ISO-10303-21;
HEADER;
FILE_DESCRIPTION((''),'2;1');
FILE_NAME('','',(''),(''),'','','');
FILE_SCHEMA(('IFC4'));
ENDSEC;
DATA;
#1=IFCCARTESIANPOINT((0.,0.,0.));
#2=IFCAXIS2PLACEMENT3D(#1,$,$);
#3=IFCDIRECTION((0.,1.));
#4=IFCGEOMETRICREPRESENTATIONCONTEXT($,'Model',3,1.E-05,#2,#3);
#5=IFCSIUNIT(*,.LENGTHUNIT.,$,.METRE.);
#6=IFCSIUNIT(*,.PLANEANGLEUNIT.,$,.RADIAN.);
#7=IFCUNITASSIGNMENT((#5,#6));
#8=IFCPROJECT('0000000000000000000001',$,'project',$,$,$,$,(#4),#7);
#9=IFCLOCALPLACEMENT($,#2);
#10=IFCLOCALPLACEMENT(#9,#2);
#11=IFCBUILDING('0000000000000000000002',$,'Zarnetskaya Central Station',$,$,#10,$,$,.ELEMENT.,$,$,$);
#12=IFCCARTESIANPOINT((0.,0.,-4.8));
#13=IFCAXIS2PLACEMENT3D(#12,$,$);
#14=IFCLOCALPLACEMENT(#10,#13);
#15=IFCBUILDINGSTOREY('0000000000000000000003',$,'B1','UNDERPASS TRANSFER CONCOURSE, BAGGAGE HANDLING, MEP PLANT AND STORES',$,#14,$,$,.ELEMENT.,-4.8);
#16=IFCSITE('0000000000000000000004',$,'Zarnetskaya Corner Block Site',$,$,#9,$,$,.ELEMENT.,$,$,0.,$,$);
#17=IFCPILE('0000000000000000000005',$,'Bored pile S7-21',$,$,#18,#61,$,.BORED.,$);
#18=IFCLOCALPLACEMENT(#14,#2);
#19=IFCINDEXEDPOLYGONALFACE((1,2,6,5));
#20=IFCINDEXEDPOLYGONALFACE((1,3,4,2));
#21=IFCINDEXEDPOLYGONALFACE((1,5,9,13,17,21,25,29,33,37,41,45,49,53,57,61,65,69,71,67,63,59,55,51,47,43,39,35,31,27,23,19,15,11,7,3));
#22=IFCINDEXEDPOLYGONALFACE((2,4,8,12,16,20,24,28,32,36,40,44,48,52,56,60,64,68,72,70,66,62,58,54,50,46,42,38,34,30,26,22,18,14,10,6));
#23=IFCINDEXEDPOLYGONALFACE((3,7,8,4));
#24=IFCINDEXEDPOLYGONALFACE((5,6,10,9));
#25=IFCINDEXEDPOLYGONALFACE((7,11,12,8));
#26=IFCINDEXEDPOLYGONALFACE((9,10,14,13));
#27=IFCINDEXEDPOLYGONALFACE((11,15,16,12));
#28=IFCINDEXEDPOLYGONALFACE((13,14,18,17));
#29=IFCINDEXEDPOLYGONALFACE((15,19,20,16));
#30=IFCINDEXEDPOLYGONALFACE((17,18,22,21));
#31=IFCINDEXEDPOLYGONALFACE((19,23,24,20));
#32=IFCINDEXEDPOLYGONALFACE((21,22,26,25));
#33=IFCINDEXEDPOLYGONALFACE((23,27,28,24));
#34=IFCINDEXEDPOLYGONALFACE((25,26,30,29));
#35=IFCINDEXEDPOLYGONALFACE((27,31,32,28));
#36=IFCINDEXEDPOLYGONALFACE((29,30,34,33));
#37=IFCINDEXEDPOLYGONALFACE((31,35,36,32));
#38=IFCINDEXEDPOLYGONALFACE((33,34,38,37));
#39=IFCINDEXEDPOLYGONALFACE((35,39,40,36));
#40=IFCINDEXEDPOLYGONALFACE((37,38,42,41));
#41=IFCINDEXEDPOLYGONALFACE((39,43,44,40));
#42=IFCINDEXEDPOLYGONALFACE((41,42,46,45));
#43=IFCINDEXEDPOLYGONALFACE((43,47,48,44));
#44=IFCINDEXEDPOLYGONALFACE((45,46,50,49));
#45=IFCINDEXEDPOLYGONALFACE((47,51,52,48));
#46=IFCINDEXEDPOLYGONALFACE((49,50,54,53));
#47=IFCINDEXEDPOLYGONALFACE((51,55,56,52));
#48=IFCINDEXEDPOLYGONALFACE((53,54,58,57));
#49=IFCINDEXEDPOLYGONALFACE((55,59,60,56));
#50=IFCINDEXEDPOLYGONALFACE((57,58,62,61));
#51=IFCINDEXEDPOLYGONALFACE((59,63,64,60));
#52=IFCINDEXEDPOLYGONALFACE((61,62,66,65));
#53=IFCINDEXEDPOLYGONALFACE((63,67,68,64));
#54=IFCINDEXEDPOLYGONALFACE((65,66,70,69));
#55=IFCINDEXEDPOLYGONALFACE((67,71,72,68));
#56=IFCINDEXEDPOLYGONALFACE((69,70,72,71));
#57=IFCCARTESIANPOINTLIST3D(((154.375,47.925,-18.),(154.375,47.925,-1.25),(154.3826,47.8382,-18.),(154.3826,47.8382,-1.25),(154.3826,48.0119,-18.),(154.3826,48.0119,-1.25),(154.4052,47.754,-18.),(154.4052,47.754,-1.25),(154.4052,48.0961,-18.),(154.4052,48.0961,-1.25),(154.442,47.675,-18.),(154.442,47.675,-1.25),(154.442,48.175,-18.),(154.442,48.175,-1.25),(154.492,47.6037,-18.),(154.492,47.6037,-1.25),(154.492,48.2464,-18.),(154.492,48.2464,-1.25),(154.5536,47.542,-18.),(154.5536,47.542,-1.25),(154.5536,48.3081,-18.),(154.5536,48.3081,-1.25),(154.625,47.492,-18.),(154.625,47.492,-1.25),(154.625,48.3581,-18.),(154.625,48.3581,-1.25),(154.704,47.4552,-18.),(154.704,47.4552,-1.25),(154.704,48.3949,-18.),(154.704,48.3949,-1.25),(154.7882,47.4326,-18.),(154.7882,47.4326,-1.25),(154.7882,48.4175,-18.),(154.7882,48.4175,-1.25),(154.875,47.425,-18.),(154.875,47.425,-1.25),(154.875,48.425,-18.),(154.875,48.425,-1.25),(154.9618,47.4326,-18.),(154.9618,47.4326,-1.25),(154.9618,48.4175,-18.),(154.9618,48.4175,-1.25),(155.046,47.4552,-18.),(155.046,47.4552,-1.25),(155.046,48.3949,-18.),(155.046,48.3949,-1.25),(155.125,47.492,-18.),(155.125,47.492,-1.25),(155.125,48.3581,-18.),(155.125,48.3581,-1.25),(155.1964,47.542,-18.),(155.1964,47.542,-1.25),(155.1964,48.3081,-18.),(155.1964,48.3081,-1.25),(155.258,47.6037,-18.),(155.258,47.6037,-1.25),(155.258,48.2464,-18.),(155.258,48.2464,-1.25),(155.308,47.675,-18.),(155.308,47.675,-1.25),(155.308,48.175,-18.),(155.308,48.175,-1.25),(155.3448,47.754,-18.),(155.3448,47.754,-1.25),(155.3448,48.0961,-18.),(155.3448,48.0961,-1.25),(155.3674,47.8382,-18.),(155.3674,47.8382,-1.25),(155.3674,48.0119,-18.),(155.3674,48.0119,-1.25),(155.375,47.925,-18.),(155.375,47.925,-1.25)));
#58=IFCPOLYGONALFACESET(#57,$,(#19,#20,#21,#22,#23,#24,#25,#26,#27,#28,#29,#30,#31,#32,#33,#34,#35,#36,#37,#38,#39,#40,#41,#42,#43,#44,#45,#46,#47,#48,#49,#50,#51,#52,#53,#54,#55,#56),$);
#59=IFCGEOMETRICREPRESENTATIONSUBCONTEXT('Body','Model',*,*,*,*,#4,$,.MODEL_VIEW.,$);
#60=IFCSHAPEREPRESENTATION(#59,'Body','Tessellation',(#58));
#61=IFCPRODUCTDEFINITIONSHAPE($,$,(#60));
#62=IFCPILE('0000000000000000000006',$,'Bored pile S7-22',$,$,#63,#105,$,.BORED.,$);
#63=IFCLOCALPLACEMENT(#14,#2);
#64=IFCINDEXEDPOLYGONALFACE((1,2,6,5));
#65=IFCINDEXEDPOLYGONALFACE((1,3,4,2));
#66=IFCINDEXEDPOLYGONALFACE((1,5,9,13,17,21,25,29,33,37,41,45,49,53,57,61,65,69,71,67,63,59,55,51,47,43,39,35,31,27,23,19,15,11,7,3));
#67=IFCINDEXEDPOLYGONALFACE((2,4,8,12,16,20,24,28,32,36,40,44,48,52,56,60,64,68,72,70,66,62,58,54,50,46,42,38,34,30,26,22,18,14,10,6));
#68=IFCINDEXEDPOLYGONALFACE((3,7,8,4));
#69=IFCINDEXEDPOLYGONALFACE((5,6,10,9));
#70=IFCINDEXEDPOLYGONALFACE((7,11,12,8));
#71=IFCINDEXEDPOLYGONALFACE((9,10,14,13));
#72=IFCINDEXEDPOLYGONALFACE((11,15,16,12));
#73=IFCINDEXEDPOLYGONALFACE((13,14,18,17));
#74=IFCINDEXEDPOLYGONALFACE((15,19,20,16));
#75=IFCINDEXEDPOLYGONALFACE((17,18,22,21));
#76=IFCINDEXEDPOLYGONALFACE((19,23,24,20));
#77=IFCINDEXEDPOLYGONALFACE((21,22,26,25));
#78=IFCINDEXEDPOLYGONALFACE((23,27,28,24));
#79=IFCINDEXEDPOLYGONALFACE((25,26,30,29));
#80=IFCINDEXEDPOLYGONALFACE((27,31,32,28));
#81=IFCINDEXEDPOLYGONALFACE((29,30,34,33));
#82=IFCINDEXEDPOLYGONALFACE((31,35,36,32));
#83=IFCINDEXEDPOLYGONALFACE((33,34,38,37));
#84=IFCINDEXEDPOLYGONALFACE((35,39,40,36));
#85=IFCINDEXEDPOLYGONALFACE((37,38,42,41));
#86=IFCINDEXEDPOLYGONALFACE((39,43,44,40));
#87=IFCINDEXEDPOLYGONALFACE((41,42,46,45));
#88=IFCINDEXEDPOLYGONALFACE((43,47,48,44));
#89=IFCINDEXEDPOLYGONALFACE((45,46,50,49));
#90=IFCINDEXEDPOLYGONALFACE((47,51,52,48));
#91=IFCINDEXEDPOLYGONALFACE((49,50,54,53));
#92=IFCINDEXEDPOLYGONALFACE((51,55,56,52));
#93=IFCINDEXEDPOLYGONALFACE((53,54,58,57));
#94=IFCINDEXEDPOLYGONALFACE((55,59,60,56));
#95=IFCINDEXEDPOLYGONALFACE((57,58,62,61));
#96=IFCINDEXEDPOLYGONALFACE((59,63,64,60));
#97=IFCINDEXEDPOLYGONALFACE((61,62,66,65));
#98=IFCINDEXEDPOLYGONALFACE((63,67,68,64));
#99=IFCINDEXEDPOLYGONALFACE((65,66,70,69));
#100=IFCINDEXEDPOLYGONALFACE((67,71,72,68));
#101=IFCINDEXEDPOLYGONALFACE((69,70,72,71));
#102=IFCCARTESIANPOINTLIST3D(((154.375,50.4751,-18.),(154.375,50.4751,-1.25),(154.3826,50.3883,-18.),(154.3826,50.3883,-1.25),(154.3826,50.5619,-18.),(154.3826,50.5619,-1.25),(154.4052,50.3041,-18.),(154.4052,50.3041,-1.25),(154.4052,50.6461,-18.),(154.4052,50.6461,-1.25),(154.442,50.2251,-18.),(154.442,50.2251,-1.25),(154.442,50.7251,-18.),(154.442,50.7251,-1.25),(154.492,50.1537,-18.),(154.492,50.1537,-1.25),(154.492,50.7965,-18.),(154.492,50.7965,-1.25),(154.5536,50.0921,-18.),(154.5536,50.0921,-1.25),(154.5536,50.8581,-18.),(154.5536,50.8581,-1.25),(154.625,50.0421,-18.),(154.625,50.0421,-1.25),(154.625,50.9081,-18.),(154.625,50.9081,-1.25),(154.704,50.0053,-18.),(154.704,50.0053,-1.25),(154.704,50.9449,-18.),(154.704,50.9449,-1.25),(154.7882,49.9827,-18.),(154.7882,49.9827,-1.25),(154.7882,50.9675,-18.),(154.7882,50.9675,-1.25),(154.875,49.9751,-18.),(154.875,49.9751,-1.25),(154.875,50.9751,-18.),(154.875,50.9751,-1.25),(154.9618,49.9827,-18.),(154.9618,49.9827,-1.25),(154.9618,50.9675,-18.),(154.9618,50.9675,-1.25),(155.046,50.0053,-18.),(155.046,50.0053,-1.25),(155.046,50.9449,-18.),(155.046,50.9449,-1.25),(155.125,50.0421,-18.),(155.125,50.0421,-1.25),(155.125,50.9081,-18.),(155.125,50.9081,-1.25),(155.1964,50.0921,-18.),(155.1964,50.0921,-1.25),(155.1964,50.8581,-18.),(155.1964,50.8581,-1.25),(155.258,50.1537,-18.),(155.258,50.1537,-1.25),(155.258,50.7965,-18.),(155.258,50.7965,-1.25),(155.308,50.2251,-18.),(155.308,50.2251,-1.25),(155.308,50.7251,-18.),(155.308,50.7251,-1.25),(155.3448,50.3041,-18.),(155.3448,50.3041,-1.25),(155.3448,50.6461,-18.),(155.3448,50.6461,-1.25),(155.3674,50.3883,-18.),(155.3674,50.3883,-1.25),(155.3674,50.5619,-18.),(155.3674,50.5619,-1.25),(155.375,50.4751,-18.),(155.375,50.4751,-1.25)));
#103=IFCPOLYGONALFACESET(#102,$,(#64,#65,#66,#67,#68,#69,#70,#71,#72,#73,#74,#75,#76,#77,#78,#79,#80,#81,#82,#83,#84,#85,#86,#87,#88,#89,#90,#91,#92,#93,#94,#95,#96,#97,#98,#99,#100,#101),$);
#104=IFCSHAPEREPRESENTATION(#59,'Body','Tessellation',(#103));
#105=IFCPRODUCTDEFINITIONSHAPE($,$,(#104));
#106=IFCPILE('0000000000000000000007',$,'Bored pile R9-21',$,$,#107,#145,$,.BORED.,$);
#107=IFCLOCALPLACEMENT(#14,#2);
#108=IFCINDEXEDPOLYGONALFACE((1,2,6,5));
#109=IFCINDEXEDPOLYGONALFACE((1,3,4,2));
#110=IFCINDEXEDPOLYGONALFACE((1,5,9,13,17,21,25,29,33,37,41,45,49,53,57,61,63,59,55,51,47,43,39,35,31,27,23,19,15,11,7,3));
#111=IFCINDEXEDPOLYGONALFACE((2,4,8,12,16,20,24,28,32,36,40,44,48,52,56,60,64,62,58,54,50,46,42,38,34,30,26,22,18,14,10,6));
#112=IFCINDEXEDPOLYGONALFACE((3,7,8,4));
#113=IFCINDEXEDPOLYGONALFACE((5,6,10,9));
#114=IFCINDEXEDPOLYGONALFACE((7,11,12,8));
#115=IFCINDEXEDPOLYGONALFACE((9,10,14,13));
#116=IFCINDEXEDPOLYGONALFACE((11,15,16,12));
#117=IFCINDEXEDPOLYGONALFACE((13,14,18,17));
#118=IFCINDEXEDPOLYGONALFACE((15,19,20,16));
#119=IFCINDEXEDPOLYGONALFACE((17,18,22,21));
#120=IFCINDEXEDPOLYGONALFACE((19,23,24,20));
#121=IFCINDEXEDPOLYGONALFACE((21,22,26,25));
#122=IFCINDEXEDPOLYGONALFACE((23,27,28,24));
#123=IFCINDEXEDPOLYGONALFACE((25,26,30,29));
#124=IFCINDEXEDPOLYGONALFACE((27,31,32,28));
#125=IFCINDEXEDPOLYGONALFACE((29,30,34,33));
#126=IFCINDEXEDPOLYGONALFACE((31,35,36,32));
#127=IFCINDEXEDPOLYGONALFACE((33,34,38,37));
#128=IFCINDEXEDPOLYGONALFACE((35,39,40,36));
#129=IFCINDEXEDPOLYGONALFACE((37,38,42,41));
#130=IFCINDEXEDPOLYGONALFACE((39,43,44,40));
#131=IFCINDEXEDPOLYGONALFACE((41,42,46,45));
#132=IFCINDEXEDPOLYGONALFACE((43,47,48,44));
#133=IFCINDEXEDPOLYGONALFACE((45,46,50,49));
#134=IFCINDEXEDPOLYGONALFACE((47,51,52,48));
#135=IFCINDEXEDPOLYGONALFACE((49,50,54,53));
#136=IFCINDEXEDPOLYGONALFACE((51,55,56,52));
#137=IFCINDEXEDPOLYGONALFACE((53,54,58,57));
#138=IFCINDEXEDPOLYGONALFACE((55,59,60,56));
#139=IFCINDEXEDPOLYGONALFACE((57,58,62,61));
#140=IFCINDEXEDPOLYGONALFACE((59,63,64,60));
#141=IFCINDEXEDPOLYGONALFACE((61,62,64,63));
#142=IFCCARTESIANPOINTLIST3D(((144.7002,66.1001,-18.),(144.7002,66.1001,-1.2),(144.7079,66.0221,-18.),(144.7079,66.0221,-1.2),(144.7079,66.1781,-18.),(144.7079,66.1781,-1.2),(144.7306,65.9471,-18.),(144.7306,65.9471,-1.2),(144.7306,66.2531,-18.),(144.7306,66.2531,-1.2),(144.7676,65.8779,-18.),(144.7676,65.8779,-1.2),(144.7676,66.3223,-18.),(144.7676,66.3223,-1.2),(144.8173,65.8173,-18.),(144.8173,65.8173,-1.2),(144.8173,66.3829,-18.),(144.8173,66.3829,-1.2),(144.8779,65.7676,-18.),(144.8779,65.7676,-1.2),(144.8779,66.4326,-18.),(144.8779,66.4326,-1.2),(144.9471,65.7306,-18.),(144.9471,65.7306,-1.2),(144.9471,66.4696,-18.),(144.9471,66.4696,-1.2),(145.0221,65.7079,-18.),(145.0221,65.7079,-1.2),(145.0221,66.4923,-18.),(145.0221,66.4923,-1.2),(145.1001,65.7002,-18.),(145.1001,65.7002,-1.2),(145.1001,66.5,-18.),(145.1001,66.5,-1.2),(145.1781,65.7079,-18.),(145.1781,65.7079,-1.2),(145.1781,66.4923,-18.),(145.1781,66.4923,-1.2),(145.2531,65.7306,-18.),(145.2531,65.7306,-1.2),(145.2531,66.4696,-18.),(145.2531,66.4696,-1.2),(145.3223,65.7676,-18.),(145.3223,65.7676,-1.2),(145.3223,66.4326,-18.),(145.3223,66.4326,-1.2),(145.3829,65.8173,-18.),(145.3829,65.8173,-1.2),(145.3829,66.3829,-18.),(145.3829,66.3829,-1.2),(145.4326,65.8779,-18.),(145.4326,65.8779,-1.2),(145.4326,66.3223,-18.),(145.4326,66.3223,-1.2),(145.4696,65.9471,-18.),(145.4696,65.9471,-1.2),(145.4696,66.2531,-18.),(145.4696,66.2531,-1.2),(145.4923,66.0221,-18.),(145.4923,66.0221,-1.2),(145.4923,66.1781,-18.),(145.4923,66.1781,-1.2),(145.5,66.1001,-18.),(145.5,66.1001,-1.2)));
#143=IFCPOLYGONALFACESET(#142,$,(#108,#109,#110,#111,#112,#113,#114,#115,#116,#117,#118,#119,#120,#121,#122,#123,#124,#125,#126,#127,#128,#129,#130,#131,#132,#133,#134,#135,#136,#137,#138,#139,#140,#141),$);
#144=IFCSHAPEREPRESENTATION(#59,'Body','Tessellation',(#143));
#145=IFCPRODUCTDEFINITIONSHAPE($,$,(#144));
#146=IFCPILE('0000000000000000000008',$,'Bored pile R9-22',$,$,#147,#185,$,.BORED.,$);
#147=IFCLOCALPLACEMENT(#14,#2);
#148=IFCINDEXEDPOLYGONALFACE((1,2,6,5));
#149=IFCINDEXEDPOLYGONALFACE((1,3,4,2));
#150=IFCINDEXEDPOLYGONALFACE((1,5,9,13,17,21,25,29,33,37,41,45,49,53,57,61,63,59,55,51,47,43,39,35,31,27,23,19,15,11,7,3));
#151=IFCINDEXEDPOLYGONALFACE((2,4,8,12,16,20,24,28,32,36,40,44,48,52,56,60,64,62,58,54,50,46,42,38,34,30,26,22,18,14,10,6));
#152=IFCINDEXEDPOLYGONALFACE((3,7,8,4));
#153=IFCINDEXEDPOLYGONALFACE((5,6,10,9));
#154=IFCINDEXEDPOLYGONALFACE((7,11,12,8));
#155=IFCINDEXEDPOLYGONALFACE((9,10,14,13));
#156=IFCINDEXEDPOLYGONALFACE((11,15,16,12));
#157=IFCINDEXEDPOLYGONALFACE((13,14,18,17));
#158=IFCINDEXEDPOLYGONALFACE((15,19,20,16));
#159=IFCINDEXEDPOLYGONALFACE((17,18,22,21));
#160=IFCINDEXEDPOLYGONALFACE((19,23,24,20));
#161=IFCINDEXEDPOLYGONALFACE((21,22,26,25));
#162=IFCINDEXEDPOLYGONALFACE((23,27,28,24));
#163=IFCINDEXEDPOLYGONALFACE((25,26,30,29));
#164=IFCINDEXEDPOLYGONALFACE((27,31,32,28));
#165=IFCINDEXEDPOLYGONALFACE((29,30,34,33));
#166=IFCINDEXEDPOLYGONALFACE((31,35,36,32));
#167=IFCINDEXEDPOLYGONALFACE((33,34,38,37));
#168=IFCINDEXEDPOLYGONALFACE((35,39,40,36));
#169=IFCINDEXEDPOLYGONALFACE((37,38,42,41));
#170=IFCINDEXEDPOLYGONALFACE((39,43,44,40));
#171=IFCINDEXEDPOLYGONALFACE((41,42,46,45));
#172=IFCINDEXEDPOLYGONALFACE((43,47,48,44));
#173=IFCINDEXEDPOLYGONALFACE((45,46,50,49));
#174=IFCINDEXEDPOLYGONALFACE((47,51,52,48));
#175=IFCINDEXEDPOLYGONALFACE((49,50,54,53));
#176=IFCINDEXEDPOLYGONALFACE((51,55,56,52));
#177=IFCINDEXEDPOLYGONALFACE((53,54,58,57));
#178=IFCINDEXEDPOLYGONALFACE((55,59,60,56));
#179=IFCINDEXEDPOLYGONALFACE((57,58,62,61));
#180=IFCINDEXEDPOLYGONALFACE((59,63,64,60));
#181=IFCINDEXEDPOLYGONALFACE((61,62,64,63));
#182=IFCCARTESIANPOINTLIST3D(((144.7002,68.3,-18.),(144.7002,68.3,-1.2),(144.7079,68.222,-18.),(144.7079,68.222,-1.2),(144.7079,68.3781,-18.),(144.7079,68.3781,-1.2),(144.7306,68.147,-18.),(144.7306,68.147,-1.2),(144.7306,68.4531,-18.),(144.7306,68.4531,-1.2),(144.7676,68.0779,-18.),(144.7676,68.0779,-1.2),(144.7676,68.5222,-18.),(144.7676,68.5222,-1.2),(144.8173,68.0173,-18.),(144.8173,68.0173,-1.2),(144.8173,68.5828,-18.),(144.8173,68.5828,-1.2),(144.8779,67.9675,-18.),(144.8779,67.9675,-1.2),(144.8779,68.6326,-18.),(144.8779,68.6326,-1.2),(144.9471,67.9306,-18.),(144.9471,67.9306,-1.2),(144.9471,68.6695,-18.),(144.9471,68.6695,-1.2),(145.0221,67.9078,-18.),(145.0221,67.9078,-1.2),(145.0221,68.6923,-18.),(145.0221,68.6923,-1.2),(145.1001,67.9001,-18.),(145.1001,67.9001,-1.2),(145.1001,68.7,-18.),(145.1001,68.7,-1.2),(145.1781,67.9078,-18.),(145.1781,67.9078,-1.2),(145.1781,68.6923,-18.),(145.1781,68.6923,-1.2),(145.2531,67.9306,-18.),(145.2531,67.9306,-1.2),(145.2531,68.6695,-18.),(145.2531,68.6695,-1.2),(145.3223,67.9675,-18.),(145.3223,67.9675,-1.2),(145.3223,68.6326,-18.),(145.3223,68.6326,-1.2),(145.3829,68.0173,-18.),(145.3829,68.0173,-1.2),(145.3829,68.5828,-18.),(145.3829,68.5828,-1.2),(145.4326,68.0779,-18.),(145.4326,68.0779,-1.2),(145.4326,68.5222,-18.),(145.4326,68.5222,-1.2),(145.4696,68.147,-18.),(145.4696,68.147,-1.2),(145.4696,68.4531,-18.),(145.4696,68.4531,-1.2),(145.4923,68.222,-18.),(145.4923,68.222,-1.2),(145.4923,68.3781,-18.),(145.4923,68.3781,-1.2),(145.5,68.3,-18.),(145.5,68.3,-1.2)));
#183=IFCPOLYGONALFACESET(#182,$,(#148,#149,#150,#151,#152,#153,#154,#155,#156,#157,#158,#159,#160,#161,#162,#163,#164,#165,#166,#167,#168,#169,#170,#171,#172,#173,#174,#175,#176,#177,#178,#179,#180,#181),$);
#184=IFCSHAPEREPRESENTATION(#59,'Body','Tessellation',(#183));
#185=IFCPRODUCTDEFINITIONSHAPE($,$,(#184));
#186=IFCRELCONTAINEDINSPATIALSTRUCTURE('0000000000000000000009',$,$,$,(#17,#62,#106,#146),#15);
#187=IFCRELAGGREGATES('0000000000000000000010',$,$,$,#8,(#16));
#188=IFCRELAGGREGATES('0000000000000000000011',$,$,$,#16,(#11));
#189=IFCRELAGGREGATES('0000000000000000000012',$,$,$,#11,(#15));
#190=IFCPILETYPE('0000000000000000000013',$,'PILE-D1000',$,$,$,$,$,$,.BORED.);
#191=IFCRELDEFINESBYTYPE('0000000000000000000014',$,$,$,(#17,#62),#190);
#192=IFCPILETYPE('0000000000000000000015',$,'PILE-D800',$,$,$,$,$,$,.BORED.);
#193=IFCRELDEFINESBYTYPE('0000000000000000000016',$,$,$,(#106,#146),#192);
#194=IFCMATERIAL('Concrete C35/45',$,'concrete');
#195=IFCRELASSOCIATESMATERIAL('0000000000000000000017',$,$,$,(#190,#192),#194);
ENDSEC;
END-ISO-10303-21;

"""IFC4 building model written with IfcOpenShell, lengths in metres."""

from ifc_helpers import new_model, si_unit, direction, frame, origin, origin_2d, place, context, subcontext, project, spatial, circle, extrude, material, material_profile, profile_set, type_object, element, save


model = new_model("IFC4")

# Units and contexts
model_context = context("Model", 3, precision=1e-05, world=origin(), true_north=direction((0.0, 1.0)))
body_context = subcontext(model_context, "Body", "Model", "MODEL_VIEW")
ifc_project = project(units=[si_unit("LENGTHUNIT", "METRE"), si_unit("PLANEANGLEUNIT", "RADIAN")], contexts=[model_context])

# Site, building, storey
site_placement = place(None, origin())
site = spatial("IfcSite", under=ifc_project, at=site_placement, Name="Zarnetskaya Corner Block Site", CompositionType="ELEMENT", RefElevation=0.0)
building_placement = place(site_placement, origin())
building = spatial("IfcBuilding", under=site, at=building_placement, Name="Zarnetskaya Central Station", CompositionType="ELEMENT")
storey_placement = place(building_placement, frame((0.0, 0.0, -4.8)))
storey = spatial("IfcBuildingStorey", under=building, at=storey_placement, Name="B1", Description="UNDERPASS TRANSFER CONCOURSE, BAGGAGE HANDLING, MEP PLANT AND STORES", CompositionType="ELEMENT", Elevation=-4.8)

# Shared definitions
ifc_material = material(Name="Concrete C35/45", Category="concrete")

# Piles
ifc_material_profile_1 = material_profile(ifc_material, circle(Radius=0.5, at=origin_2d()), Name="BORED PILE D1000")
ifc_profile_set_1 = profile_set([ifc_material_profile_1], Name="Concrete C35/45")
pile_type_1 = type_object("IfcPileType", Name="PILE-D1000", PredefinedType="BORED", material=ifc_profile_set_1)
for number, where, z_axis, x_axis, name in (
    (1, (154.875, 47.925, -1.25), (0.0, 0.0, -1.0), (1.0, 0.0, 0.0), "Bored pile S7-21"),
    (2, (154.875, 50.4751, -1.25), (0.0, 0.0, -1.0), (1.0, 0.0, 0.0), "Bored pile S7-22"),
):
    element("IfcPile", number, at=place(storey_placement, frame(where, z_axis=z_axis, x_axis=x_axis)), inside=storey, type_object=pile_type_1, Name=name, PredefinedType="BORED", context=body_context, shape_type="SweptSolid", body=[
        extrude(circle(Radius=0.5, at=origin_2d()), origin(), (0.0, 0.0, 1.0), 16.75),
    ])
ifc_material_profile_2 = material_profile(ifc_material, circle(Radius=0.3999, at=origin_2d()), Name="BORED PILE D800")
ifc_profile_set_2 = profile_set([ifc_material_profile_2], Name="Concrete C35/45")
pile_type_2 = type_object("IfcPileType", Name="PILE-D800", PredefinedType="BORED", material=ifc_profile_set_2)
for number, where, z_axis, x_axis, name in (
    (3, (145.1001, 66.1001, -1.2), (0.0, 0.0, -1.0), (1.0, 0.0, 0.0), "Bored pile R9-21"),
    (4, (145.1001, 68.3, -1.2), (0.0, 0.0, -1.0), (1.0, 0.0, 0.0), "Bored pile R9-22"),
):
    element("IfcPile", number, at=place(storey_placement, frame(where, z_axis=z_axis, x_axis=x_axis)), inside=storey, type_object=pile_type_2, Name=name, PredefinedType="BORED", context=body_context, shape_type="SweptSolid", body=[
        extrude(circle(Radius=0.3999, at=origin_2d()), origin(), (0.0, 0.0, 1.0), 16.8),
    ])

save(model, "model.ifc")
